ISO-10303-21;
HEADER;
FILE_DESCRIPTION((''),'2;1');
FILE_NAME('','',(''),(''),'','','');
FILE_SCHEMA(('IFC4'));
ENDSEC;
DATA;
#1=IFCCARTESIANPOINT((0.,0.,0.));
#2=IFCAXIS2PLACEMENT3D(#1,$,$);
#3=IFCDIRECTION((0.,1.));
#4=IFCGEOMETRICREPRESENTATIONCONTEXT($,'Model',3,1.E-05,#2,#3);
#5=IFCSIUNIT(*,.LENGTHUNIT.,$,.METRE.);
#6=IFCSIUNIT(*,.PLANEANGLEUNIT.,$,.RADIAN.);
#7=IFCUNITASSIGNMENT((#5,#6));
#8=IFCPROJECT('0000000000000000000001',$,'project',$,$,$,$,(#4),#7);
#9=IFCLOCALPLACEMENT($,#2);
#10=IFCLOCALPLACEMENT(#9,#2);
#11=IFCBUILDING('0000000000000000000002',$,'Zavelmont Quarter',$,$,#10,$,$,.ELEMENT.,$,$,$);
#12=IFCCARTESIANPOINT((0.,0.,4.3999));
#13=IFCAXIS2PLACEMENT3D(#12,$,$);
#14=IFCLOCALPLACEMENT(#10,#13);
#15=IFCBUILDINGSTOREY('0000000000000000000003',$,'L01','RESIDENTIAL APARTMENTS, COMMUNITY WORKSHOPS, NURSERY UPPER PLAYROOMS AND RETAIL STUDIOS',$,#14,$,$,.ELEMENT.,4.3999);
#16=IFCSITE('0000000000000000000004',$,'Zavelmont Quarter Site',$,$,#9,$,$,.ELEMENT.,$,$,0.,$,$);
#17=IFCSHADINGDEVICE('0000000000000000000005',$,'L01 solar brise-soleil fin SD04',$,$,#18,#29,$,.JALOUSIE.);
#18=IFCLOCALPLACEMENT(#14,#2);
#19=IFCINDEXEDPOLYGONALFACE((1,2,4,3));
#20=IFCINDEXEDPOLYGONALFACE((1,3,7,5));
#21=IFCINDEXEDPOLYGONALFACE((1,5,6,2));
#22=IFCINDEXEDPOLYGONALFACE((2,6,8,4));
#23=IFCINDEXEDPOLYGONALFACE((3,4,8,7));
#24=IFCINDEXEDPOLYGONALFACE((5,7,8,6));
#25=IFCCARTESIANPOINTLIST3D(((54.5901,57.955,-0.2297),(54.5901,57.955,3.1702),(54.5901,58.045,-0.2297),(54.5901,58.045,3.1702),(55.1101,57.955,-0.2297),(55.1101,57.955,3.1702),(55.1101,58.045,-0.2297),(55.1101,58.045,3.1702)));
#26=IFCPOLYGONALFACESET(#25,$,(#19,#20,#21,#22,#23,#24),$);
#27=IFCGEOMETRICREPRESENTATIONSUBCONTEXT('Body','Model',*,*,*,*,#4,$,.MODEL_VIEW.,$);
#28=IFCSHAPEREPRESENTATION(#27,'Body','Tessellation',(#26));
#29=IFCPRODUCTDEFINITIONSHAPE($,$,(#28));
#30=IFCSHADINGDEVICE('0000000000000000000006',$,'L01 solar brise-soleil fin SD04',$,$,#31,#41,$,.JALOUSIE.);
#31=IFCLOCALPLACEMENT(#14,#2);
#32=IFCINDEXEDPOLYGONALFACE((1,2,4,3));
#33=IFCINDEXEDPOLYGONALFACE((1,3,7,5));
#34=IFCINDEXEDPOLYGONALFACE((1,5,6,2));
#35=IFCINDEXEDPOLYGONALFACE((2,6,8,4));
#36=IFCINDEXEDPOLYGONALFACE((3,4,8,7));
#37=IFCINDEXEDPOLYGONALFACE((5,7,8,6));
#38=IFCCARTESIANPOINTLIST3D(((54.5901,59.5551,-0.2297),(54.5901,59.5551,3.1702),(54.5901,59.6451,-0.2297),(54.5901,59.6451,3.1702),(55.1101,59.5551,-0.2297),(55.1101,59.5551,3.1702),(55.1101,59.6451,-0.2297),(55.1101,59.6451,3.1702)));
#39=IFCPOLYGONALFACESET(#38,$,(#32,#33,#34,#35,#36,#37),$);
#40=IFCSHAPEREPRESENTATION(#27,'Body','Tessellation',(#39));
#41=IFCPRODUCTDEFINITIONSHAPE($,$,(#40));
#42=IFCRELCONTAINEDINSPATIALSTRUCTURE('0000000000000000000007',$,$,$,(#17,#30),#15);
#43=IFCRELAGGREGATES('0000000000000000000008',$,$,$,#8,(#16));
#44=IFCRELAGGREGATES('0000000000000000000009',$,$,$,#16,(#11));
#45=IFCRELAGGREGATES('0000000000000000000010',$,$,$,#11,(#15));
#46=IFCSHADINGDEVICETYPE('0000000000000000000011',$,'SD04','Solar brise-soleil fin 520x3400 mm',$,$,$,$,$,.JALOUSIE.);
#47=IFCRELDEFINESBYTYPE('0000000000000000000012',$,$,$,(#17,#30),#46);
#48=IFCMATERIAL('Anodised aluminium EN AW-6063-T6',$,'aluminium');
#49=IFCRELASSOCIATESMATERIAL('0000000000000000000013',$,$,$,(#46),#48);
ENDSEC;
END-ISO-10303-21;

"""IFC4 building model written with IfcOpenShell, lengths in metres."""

from ifc_helpers import new_model, si_unit, direction, frame, origin, origin_2d, place, context, subcontext, project, spatial, rectangle, extrude, material, type_object, element, save


model = new_model("IFC4")

# Units and contexts
model_context = context("Model", 3, precision=1e-05, world=origin(), true_north=direction((0.0, 1.0)))
body_context = subcontext(model_context, "Body", "Model", "MODEL_VIEW")
ifc_project = project(units=[si_unit("LENGTHUNIT", "METRE"), si_unit("PLANEANGLEUNIT", "RADIAN")], contexts=[model_context])

# Site, building, storey
site_placement = place(None, origin())
site = spatial("IfcSite", under=ifc_project, at=site_placement, Name="Zavelmont Quarter Site", CompositionType="ELEMENT", RefElevation=0.0)
building_placement = place(site_placement, origin())
building = spatial("IfcBuilding", under=site, at=building_placement, Name="Zavelmont Quarter", CompositionType="ELEMENT")
storey_placement = place(building_placement, frame((0.0, 0.0, 4.3999)))
storey = spatial("IfcBuildingStorey", under=building, at=storey_placement, Name="L01", Description="RESIDENTIAL APARTMENTS, COMMUNITY WORKSHOPS, NURSERY UPPER PLAYROOMS AND RETAIL STUDIOS", CompositionType="ELEMENT", Elevation=4.3999)

# Shading devices
ifc_material_1 = material(Name="Anodised aluminium EN AW-6063-T6", Category="aluminium")
shading_device_type = type_object("IfcShadingDeviceType", Name="SD04", Description="Solar brise-soleil fin 520x3400 mm", PredefinedType="JALOUSIE", material=ifc_material_1)
for number, where, z_axis, x_axis, name in (
    (1, (54.8501, 58.0, -0.2297), (0.0, 0.0, 1.0), (0.0, 1.0, 0.0), "L01 solar brise-soleil fin SD04"),
    (2, (54.8501, 59.6001, -0.2297), (0.0, 0.0, 1.0), (0.0, 1.0, 0.0), "L01 solar brise-soleil fin SD04"),
):
    element("IfcShadingDevice", number, at=place(storey_placement, frame(where, z_axis=z_axis, x_axis=x_axis)), inside=storey, type_object=shading_device_type, Name=name, PredefinedType="JALOUSIE", context=body_context, shape_type="SweptSolid", body=[
        extrude(rectangle(XDim=0.0901, YDim=0.52, at=origin_2d()), origin(), (0.0, 0.0, 1.0), 3.3999),
    ])

save(model, "model.ifc")
